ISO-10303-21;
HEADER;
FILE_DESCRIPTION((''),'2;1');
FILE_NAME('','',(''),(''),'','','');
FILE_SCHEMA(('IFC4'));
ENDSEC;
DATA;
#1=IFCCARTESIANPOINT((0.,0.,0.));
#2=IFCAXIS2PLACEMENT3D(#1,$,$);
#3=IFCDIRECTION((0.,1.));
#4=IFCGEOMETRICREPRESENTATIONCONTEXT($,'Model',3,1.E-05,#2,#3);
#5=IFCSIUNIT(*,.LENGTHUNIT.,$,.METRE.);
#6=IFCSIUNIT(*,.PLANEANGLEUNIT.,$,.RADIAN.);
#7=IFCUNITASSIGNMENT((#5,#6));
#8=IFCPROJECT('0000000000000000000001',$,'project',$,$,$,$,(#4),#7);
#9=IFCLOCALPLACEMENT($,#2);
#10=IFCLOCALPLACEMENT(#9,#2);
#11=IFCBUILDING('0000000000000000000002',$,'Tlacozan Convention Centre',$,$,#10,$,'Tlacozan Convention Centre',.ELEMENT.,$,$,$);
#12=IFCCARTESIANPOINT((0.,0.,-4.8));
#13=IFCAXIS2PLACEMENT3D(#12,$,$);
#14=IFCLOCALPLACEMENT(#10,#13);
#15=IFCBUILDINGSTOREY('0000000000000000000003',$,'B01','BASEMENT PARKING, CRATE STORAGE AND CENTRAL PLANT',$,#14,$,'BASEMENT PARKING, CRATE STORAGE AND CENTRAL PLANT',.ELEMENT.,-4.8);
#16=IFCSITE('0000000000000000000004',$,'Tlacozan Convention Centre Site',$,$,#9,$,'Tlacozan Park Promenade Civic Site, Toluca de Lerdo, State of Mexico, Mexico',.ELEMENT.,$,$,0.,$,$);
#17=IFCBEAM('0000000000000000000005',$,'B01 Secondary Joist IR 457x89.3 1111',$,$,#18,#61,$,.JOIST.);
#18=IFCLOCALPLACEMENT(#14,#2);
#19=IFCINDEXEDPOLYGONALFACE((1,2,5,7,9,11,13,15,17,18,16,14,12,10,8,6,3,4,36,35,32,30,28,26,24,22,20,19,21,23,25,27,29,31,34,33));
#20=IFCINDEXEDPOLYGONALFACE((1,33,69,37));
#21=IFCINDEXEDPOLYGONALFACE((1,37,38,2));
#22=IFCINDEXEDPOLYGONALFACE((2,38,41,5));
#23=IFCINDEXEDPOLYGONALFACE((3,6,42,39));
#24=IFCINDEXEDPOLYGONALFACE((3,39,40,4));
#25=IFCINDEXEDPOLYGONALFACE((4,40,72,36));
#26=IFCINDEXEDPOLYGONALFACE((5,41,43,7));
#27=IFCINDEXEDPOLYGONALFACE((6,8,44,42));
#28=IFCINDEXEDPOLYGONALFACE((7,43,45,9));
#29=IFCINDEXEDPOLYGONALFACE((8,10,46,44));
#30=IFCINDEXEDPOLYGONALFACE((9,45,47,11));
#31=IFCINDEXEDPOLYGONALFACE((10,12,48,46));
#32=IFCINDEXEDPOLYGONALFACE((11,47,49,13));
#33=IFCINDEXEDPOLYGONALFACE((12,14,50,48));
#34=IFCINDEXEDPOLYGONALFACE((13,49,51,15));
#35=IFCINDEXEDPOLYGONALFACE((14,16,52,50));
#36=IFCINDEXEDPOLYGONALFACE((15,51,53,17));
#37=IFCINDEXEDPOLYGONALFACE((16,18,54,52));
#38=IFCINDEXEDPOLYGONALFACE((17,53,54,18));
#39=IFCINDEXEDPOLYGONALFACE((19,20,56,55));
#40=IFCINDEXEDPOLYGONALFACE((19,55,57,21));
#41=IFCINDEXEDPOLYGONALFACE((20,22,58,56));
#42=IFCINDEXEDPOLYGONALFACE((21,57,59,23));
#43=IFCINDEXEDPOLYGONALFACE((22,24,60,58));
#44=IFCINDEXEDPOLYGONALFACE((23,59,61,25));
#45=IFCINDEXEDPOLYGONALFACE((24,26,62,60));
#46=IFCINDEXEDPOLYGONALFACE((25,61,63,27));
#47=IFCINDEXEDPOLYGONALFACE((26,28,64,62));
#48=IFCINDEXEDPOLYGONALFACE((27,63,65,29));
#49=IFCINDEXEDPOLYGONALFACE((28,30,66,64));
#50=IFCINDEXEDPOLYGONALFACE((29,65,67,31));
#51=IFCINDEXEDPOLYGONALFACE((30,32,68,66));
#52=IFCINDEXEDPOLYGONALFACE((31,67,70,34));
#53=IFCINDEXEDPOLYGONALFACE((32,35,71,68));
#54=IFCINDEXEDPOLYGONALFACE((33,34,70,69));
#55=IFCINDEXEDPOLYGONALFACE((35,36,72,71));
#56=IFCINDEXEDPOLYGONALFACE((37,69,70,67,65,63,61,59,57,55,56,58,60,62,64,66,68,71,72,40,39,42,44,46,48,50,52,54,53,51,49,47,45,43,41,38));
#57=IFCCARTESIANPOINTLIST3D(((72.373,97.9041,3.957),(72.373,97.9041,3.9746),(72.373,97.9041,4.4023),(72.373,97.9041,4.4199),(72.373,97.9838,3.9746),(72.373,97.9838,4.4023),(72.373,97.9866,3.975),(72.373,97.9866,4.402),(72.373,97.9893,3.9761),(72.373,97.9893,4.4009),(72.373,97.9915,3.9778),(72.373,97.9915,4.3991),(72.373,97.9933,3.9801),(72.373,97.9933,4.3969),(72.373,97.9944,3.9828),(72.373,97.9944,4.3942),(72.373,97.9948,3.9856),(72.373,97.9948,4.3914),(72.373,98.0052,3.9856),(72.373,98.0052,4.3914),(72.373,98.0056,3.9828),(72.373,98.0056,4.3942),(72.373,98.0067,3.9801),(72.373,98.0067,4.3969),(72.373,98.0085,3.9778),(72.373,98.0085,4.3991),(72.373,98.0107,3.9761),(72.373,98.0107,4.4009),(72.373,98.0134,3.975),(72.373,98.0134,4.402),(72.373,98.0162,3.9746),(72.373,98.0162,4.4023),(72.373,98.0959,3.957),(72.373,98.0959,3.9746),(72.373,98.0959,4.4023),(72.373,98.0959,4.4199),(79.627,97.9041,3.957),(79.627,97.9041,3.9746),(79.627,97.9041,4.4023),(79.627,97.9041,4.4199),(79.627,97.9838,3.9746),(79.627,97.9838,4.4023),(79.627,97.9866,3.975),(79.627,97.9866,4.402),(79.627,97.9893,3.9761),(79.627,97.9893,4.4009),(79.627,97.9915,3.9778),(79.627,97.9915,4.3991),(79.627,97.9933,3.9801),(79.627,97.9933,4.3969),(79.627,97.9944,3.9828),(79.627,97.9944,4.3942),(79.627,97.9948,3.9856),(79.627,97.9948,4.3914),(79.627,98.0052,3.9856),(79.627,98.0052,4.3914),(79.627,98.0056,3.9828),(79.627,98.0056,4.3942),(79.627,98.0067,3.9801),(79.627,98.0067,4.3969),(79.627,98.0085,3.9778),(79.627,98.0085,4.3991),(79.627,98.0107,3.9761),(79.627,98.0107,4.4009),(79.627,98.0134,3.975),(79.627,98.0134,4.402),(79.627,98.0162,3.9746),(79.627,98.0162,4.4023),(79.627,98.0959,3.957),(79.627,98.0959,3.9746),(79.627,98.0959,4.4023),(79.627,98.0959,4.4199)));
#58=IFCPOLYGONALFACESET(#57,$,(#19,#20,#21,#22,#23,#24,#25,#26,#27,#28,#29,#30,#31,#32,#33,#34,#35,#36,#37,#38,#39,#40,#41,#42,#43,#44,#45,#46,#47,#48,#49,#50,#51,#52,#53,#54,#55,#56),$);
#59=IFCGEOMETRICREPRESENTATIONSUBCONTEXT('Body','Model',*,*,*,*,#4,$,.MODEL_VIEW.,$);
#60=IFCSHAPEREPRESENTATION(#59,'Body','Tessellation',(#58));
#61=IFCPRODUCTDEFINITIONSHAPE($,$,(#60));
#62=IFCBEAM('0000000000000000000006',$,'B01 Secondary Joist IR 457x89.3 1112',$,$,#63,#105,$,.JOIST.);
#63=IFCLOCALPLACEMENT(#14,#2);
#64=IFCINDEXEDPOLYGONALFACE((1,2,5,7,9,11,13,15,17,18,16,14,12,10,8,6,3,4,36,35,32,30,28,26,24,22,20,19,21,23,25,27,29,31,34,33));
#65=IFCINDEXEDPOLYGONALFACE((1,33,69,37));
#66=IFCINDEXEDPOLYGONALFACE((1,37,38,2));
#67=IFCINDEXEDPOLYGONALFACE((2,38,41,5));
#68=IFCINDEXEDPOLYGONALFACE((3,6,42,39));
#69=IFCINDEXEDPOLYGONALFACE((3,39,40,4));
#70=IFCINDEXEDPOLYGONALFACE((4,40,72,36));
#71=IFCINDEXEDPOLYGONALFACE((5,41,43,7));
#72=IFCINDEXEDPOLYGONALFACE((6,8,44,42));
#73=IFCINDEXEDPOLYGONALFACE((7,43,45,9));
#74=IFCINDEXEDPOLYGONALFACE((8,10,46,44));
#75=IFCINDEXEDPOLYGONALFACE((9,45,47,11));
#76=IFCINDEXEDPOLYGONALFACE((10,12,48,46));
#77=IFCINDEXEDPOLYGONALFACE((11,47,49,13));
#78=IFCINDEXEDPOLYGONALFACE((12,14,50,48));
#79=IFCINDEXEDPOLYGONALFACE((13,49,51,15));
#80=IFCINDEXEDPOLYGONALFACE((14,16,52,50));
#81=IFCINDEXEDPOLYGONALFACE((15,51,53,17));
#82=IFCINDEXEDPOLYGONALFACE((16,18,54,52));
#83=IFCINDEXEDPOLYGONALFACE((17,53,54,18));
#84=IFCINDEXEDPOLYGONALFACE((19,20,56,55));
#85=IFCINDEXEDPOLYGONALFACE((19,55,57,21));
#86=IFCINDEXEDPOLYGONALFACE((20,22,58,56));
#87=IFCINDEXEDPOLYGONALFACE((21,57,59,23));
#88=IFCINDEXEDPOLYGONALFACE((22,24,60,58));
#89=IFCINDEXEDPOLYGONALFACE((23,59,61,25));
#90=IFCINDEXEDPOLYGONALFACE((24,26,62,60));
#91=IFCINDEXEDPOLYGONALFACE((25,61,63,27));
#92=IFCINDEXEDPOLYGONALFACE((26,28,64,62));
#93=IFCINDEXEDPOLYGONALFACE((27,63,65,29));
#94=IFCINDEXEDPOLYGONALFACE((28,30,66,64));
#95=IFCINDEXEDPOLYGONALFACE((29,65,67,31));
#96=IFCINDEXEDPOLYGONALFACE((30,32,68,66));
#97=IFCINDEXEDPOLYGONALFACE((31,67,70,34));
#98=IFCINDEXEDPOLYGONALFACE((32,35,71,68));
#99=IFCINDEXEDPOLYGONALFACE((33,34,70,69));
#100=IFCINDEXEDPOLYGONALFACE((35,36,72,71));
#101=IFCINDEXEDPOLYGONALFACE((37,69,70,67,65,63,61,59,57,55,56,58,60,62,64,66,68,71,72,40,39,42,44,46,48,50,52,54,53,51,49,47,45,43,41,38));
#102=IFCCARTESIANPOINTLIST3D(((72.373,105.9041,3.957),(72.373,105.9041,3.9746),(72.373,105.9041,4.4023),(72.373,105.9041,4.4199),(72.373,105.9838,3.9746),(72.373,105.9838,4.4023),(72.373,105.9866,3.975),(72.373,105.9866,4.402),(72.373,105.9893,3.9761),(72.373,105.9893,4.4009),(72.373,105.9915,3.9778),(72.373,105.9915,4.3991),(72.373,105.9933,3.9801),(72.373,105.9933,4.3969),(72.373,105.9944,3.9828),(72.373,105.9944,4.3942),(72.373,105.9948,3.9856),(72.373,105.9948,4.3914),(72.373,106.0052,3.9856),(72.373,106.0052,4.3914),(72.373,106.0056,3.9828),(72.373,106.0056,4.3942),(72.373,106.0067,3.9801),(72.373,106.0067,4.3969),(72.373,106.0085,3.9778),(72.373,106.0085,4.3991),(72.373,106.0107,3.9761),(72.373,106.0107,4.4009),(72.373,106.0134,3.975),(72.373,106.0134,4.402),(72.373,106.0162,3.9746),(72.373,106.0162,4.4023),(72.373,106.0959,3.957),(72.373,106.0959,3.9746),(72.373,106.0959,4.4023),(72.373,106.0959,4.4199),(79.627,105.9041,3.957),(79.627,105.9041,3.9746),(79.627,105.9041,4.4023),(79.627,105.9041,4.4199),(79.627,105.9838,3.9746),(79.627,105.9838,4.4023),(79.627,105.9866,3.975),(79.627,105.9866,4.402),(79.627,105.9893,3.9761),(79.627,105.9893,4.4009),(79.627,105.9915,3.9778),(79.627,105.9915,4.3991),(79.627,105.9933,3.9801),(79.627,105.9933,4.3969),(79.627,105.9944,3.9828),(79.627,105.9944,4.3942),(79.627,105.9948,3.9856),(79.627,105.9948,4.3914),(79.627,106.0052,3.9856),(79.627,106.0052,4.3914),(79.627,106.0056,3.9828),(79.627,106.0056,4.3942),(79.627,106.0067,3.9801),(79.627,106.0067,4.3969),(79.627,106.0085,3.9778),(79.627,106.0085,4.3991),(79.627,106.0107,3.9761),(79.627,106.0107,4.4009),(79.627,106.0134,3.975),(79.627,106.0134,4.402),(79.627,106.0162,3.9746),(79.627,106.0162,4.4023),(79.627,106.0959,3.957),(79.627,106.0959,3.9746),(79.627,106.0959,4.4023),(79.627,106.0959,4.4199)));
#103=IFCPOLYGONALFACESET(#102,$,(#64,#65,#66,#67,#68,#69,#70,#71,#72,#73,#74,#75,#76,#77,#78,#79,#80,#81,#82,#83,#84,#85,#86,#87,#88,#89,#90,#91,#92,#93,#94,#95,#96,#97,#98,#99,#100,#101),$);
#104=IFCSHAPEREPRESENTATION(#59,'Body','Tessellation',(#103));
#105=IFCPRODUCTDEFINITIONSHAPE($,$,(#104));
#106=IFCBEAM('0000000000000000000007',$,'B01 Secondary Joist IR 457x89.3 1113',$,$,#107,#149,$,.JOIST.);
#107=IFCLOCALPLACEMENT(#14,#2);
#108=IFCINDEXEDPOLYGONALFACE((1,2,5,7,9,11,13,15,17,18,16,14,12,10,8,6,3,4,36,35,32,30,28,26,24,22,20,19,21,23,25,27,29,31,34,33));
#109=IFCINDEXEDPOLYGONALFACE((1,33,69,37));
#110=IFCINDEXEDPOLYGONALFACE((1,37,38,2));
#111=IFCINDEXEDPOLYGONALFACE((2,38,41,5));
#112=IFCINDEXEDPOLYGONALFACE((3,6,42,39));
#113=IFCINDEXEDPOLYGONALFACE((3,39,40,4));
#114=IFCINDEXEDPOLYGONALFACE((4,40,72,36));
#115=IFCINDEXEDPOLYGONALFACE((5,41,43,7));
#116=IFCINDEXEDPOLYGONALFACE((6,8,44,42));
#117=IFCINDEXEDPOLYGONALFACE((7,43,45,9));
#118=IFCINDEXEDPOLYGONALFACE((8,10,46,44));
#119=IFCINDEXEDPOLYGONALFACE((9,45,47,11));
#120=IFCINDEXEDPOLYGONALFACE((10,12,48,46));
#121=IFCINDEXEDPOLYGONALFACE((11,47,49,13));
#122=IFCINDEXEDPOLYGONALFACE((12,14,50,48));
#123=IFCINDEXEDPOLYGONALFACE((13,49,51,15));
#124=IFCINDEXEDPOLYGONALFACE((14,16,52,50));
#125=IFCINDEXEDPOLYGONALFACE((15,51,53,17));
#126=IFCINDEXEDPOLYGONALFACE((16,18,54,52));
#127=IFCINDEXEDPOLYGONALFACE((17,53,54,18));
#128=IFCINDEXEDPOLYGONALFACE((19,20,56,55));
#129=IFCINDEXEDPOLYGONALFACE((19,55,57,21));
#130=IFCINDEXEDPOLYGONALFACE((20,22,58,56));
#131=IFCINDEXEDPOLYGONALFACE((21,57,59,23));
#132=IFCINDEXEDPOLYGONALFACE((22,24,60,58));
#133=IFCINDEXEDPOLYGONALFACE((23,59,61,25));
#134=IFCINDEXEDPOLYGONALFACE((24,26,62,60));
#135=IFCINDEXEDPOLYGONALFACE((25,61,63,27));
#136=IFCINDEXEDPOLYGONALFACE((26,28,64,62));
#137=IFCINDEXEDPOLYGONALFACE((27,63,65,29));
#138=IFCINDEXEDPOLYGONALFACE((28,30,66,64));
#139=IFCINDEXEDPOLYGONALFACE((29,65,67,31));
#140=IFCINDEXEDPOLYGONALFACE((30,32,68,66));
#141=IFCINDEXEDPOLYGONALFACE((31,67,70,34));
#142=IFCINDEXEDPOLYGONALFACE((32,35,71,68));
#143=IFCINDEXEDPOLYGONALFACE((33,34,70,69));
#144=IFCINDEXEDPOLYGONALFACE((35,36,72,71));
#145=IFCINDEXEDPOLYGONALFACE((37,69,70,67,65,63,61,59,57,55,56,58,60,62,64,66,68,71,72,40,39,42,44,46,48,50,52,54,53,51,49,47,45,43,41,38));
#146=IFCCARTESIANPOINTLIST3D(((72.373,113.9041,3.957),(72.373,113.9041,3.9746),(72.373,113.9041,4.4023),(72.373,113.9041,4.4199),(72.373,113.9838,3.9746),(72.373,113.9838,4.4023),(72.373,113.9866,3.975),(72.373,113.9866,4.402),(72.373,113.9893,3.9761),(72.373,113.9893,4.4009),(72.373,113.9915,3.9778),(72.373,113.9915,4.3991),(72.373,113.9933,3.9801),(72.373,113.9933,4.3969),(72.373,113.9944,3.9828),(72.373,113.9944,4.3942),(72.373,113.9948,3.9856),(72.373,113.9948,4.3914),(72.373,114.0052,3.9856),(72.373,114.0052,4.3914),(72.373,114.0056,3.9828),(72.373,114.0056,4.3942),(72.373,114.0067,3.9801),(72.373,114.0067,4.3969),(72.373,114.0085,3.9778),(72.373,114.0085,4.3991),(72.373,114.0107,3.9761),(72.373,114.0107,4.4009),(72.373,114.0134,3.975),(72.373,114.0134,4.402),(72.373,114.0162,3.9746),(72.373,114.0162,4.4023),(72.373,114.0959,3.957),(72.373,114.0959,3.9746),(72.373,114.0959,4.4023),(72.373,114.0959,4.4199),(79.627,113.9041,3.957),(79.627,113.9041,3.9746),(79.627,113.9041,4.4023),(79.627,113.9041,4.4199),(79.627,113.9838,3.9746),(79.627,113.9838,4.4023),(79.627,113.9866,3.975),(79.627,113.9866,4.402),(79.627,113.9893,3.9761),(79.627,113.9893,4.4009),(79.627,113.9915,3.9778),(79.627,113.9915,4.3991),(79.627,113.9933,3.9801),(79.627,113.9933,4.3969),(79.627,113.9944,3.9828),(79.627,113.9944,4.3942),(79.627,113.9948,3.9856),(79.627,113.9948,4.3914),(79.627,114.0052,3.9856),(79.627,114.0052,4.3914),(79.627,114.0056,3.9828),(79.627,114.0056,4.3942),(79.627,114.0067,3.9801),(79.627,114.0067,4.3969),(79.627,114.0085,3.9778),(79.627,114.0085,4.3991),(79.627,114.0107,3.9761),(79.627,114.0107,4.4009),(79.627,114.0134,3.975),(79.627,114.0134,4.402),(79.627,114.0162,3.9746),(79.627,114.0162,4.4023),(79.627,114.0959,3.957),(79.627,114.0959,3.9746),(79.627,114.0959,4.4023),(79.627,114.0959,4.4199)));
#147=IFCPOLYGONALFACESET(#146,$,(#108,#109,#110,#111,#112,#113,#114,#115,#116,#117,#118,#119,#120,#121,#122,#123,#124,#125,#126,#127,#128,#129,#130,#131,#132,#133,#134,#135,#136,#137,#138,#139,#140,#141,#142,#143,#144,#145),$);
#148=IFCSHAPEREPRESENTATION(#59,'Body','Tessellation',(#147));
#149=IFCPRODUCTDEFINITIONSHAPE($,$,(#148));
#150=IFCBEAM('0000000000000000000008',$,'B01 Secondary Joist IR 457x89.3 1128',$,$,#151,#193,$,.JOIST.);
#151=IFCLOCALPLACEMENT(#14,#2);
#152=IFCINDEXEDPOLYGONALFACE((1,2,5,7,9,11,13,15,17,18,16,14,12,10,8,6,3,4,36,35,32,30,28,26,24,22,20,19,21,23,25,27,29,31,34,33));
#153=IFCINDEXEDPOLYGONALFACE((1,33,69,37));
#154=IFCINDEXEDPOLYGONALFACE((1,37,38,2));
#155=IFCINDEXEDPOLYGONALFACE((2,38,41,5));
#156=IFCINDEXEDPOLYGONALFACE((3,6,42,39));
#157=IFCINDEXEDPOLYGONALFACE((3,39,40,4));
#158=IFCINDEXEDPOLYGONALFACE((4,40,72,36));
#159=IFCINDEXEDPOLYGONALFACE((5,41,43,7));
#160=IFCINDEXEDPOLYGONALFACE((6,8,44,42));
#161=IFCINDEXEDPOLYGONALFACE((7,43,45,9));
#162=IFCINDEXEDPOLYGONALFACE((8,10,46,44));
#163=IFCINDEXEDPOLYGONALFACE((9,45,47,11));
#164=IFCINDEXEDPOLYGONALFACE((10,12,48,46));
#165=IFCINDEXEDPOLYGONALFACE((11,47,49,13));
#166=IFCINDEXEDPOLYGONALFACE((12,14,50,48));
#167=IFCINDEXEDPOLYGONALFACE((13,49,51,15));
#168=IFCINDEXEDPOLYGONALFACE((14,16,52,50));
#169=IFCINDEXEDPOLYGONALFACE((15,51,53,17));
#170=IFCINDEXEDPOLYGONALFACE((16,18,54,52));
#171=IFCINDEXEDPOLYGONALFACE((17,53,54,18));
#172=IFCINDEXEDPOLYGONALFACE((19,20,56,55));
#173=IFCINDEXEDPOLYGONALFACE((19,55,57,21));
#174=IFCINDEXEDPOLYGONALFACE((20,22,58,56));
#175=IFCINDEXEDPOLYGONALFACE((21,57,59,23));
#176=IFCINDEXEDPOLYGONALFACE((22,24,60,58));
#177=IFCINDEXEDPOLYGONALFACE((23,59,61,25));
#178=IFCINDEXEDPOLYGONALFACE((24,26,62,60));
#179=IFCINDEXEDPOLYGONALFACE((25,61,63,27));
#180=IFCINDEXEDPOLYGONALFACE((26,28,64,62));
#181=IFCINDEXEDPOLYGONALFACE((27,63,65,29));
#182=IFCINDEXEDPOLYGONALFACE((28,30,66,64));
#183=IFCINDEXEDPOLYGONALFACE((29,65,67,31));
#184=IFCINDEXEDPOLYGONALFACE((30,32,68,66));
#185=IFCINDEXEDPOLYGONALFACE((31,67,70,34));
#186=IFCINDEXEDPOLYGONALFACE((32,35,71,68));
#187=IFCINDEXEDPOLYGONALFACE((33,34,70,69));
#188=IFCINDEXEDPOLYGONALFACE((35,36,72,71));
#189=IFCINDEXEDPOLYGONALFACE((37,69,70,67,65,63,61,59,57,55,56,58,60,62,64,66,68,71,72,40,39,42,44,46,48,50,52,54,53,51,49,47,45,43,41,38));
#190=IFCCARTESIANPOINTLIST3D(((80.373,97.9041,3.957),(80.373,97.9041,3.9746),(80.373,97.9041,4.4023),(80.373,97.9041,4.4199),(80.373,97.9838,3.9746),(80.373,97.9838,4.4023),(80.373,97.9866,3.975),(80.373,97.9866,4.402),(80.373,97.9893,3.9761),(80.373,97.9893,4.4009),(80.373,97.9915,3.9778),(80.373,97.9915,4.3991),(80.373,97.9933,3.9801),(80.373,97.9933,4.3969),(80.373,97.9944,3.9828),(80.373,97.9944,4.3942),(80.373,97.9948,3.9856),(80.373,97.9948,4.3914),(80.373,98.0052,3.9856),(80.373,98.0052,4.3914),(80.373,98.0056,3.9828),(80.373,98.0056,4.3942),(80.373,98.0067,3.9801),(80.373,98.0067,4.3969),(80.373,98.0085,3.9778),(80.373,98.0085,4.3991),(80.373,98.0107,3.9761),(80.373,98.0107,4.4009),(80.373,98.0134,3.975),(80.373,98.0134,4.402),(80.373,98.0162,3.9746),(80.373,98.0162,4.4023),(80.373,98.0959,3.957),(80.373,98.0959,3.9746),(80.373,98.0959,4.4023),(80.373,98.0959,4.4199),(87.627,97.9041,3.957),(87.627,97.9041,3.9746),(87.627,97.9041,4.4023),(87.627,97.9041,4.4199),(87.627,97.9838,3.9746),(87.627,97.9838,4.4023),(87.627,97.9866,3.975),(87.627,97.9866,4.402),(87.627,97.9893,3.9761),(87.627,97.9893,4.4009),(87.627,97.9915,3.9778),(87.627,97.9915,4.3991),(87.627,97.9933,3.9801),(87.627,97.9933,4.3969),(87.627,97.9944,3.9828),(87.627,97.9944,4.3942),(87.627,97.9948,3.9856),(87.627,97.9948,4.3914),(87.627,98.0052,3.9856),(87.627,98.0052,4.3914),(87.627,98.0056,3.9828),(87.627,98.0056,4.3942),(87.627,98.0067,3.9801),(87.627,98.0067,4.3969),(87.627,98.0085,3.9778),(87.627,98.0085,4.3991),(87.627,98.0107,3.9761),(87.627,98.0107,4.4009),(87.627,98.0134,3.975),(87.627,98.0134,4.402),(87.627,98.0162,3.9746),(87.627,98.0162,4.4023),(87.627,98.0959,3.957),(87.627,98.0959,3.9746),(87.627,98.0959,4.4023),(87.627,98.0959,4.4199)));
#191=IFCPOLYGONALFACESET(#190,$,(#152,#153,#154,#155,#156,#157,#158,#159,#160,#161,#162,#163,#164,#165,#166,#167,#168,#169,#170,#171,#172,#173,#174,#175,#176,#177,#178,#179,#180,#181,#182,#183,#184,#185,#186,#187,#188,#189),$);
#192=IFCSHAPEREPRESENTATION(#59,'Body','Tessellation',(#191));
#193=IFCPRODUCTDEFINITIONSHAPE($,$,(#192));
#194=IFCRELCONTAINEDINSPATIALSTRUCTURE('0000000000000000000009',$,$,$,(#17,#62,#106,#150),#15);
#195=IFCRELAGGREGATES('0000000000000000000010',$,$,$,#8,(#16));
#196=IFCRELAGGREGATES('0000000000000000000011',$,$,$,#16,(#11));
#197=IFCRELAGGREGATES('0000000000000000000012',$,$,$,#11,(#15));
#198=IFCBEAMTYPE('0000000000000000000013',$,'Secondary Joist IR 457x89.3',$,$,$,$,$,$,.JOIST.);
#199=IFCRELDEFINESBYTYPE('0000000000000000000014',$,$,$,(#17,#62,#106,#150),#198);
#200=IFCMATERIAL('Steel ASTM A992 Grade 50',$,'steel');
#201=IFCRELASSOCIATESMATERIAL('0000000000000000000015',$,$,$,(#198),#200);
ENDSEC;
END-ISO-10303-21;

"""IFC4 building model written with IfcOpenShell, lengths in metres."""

from ifc_helpers import new_model, si_unit, direction, frame, origin, origin_2d, place, context, subcontext, project, spatial, i_section, extrude, material, material_profile, profile_set, type_object, element, save


model = new_model("IFC4")

# Units and contexts
model_context = context("Model", 3, precision=1e-05, world=origin(), true_north=direction((0.0, 1.0)))
body_context = subcontext(model_context, "Body", "Model", "MODEL_VIEW")
ifc_project = project(units=[si_unit("LENGTHUNIT", "METRE"), si_unit("PLANEANGLEUNIT", "RADIAN")], contexts=[model_context])

# Site, building, storey
site_placement = place(None, origin())
site = spatial("IfcSite", under=ifc_project, at=site_placement, Name="Tlacozan Convention Centre Site", LongName="Tlacozan Park Promenade Civic Site, Toluca de Lerdo, State of Mexico, Mexico", CompositionType="ELEMENT", RefElevation=0.0)
building_placement = place(site_placement, origin())
building = spatial("IfcBuilding", under=site, at=building_placement, Name="Tlacozan Convention Centre", LongName="Tlacozan Convention Centre", CompositionType="ELEMENT")
storey_placement = place(building_placement, frame((0.0, 0.0, -4.8)))
storey = spatial("IfcBuildingStorey", under=building, at=storey_placement, Name="B01", Description="BASEMENT PARKING, CRATE STORAGE AND CENTRAL PLANT", LongName="BASEMENT PARKING, CRATE STORAGE AND CENTRAL PLANT", CompositionType="ELEMENT", Elevation=-4.8)

# Beams
ifc_material_1 = material(Name="Steel ASTM A992 Grade 50", Category="steel")
ifc_material_profile_1 = material_profile(ifc_material_1, i_section(OverallWidth=0.1919, OverallDepth=0.4629, WebThickness=0.0105, FlangeThickness=0.0176, FilletRadius=0.011, at=origin_2d()), Name="IR 457x89.3")
ifc_profile_set_1 = profile_set([ifc_material_profile_1], Name="Steel ASTM A992 Grade 50")
beam_type_1 = type_object("IfcBeamType", Name="Secondary Joist IR 457x89.3", PredefinedType="JOIST", material=ifc_profile_set_1)
for number, where, z_axis, x_axis, name in (
    (1, (72.373, 98.0, 4.1885), (1.0, 0.0, 0.0), (0.0, 1.0, 0.0), "B01 Secondary Joist IR 457x89.3 1111"),
    (2, (72.373, 106.0, 4.1885), (1.0, 0.0, 0.0), (0.0, 1.0, 0.0), "B01 Secondary Joist IR 457x89.3 1112"),
    (3, (72.373, 114.0, 4.1885), (1.0, 0.0, 0.0), (0.0, 1.0, 0.0), "B01 Secondary Joist IR 457x89.3 1113"),
    (4, (80.373, 98.0, 4.1885), (1.0, 0.0, 0.0), (0.0, 1.0, 0.0), "B01 Secondary Joist IR 457x89.3 1128"),
):
    element("IfcBeam", number, at=place(storey_placement, frame(where, z_axis=z_axis, x_axis=x_axis)), inside=storey, type_object=beam_type_1, Name=name, PredefinedType="JOIST", context=body_context, shape_type="SweptSolid", body=[
        extrude(i_section(OverallWidth=0.1919, OverallDepth=0.4629, WebThickness=0.0105, FlangeThickness=0.0176, FilletRadius=0.011, at=origin_2d()), origin(), (0.0, 0.0, 1.0), 7.2539),
    ])

save(model, "model.ifc")
